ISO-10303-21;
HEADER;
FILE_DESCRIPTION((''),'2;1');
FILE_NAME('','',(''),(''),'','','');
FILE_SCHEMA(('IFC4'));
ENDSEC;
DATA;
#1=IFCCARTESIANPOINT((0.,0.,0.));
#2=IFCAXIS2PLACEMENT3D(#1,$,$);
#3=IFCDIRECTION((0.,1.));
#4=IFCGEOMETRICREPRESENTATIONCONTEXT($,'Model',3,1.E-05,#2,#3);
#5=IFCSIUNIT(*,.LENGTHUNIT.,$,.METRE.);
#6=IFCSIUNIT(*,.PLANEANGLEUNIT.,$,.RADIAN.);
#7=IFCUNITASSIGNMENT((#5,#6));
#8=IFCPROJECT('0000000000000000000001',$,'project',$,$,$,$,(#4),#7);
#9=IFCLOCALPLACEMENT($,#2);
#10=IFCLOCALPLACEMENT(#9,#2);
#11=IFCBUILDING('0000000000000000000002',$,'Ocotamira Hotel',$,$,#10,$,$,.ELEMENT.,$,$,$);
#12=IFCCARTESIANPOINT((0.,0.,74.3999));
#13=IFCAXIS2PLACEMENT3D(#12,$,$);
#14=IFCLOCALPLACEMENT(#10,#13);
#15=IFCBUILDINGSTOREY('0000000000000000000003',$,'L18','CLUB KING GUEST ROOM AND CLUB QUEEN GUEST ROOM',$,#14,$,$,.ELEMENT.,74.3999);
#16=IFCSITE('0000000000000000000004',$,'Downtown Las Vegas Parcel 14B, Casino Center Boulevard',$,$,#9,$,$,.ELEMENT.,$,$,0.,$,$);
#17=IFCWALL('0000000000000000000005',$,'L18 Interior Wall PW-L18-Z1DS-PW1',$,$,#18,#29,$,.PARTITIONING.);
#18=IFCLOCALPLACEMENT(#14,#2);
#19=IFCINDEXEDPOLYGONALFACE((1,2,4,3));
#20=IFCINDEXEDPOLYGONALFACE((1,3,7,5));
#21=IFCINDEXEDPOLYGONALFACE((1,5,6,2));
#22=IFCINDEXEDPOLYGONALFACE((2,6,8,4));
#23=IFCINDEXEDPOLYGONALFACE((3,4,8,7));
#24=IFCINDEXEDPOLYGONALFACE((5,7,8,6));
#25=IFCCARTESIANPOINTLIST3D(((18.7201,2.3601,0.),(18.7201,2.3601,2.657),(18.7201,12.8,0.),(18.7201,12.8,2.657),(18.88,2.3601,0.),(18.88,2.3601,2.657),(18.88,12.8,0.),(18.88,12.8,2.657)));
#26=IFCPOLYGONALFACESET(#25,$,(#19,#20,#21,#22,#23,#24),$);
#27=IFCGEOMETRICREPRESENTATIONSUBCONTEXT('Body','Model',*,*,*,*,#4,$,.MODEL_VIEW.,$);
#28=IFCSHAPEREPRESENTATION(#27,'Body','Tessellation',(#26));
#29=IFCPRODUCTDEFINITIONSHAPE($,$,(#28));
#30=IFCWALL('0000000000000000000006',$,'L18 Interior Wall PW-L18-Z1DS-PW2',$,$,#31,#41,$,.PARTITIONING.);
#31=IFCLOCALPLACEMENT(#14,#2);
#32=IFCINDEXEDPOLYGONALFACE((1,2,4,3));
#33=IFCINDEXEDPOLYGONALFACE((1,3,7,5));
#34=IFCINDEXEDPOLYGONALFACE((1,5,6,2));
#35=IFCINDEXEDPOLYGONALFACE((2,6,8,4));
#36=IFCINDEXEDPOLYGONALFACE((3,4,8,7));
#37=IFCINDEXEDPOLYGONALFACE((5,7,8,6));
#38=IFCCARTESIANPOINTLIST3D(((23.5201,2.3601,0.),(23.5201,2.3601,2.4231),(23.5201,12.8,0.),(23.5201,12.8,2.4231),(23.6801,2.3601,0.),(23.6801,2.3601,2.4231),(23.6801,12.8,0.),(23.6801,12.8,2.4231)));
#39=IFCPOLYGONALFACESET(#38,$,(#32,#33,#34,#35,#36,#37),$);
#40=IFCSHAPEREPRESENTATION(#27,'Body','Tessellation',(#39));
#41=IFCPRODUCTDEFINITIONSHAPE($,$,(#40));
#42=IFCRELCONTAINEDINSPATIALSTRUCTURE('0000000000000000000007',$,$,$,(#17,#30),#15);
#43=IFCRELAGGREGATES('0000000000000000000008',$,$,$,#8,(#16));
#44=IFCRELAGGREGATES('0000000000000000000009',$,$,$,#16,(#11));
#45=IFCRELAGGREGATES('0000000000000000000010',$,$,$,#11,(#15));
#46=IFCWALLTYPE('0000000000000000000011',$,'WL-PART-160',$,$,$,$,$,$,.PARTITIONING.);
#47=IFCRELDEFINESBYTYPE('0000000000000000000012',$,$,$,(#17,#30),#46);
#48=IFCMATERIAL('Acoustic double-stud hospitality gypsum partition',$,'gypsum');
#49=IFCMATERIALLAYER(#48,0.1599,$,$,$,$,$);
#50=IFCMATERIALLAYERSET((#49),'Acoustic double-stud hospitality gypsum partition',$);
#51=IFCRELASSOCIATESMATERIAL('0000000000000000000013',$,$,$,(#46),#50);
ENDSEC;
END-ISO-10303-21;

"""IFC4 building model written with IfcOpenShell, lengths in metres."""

from ifc_helpers import new_model, si_unit, direction, frame, frame_2d, origin, place, context, subcontext, project, spatial, rectangle, extrude, material, layer, layer_set, type_object, element, save


model = new_model("IFC4")

# Units and contexts
model_context = context("Model", 3, precision=1e-05, world=origin(), true_north=direction((0.0, 1.0)))
body_context = subcontext(model_context, "Body", "Model", "MODEL_VIEW")
ifc_project = project(units=[si_unit("LENGTHUNIT", "METRE"), si_unit("PLANEANGLEUNIT", "RADIAN")], contexts=[model_context])

# Site, building, storey
site_placement = place(None, origin())
site = spatial("IfcSite", under=ifc_project, at=site_placement, Name="Downtown Las Vegas Parcel 14B, Casino Center Boulevard", CompositionType="ELEMENT", RefElevation=0.0)
building_placement = place(site_placement, origin())
building = spatial("IfcBuilding", under=site, at=building_placement, Name="Ocotamira Hotel", CompositionType="ELEMENT")
storey_placement = place(building_placement, frame((0.0, 0.0, 74.3999)))
storey = spatial("IfcBuildingStorey", under=building, at=storey_placement, Name="L18", Description="CLUB KING GUEST ROOM AND CLUB QUEEN GUEST ROOM", CompositionType="ELEMENT", Elevation=74.3999)

# Walls
ifc_material_1 = material(Name="Acoustic double-stud hospitality gypsum partition", Category="gypsum")
ifc_layer_1 = layer(ifc_material_1, 0.1599)
ifc_layer_set_1 = layer_set([ifc_layer_1], Name="Acoustic double-stud hospitality gypsum partition")
wall_type_1 = type_object("IfcWallType", Name="WL-PART-160", PredefinedType="PARTITIONING", material=ifc_layer_set_1)
wall_1_placement = place(storey_placement, frame((18.8, 2.3601, 0.0), z_axis=(0.0, 0.0, 1.0), x_axis=(0.0, 1.0, 0.0)))
element("IfcWall", 1, at=wall_1_placement, inside=storey, type_object=wall_type_1, Name="L18 Interior Wall PW-L18-Z1DS-PW1", PredefinedType="PARTITIONING", context=body_context, shape_type="SweptSolid", body=[
    extrude(rectangle(XDim=10.4399, YDim=0.1599, at=frame_2d((5.22, 0.0))), origin(), (0.0, 0.0, 1.0), 2.657),
])
wall_2_placement = place(storey_placement, frame((23.6001, 2.3601, 0.0), z_axis=(0.0, 0.0, 1.0), x_axis=(0.0, 1.0, 0.0)))
element("IfcWall", 2, at=wall_2_placement, inside=storey, type_object=wall_type_1, Name="L18 Interior Wall PW-L18-Z1DS-PW2", PredefinedType="PARTITIONING", context=body_context, shape_type="SweptSolid", body=[
    extrude(rectangle(XDim=10.4399, YDim=0.1599, at=frame_2d((5.22, 0.0))), origin(), (0.0, 0.0, 1.0), 2.4231),
])

save(model, "model.ifc")
